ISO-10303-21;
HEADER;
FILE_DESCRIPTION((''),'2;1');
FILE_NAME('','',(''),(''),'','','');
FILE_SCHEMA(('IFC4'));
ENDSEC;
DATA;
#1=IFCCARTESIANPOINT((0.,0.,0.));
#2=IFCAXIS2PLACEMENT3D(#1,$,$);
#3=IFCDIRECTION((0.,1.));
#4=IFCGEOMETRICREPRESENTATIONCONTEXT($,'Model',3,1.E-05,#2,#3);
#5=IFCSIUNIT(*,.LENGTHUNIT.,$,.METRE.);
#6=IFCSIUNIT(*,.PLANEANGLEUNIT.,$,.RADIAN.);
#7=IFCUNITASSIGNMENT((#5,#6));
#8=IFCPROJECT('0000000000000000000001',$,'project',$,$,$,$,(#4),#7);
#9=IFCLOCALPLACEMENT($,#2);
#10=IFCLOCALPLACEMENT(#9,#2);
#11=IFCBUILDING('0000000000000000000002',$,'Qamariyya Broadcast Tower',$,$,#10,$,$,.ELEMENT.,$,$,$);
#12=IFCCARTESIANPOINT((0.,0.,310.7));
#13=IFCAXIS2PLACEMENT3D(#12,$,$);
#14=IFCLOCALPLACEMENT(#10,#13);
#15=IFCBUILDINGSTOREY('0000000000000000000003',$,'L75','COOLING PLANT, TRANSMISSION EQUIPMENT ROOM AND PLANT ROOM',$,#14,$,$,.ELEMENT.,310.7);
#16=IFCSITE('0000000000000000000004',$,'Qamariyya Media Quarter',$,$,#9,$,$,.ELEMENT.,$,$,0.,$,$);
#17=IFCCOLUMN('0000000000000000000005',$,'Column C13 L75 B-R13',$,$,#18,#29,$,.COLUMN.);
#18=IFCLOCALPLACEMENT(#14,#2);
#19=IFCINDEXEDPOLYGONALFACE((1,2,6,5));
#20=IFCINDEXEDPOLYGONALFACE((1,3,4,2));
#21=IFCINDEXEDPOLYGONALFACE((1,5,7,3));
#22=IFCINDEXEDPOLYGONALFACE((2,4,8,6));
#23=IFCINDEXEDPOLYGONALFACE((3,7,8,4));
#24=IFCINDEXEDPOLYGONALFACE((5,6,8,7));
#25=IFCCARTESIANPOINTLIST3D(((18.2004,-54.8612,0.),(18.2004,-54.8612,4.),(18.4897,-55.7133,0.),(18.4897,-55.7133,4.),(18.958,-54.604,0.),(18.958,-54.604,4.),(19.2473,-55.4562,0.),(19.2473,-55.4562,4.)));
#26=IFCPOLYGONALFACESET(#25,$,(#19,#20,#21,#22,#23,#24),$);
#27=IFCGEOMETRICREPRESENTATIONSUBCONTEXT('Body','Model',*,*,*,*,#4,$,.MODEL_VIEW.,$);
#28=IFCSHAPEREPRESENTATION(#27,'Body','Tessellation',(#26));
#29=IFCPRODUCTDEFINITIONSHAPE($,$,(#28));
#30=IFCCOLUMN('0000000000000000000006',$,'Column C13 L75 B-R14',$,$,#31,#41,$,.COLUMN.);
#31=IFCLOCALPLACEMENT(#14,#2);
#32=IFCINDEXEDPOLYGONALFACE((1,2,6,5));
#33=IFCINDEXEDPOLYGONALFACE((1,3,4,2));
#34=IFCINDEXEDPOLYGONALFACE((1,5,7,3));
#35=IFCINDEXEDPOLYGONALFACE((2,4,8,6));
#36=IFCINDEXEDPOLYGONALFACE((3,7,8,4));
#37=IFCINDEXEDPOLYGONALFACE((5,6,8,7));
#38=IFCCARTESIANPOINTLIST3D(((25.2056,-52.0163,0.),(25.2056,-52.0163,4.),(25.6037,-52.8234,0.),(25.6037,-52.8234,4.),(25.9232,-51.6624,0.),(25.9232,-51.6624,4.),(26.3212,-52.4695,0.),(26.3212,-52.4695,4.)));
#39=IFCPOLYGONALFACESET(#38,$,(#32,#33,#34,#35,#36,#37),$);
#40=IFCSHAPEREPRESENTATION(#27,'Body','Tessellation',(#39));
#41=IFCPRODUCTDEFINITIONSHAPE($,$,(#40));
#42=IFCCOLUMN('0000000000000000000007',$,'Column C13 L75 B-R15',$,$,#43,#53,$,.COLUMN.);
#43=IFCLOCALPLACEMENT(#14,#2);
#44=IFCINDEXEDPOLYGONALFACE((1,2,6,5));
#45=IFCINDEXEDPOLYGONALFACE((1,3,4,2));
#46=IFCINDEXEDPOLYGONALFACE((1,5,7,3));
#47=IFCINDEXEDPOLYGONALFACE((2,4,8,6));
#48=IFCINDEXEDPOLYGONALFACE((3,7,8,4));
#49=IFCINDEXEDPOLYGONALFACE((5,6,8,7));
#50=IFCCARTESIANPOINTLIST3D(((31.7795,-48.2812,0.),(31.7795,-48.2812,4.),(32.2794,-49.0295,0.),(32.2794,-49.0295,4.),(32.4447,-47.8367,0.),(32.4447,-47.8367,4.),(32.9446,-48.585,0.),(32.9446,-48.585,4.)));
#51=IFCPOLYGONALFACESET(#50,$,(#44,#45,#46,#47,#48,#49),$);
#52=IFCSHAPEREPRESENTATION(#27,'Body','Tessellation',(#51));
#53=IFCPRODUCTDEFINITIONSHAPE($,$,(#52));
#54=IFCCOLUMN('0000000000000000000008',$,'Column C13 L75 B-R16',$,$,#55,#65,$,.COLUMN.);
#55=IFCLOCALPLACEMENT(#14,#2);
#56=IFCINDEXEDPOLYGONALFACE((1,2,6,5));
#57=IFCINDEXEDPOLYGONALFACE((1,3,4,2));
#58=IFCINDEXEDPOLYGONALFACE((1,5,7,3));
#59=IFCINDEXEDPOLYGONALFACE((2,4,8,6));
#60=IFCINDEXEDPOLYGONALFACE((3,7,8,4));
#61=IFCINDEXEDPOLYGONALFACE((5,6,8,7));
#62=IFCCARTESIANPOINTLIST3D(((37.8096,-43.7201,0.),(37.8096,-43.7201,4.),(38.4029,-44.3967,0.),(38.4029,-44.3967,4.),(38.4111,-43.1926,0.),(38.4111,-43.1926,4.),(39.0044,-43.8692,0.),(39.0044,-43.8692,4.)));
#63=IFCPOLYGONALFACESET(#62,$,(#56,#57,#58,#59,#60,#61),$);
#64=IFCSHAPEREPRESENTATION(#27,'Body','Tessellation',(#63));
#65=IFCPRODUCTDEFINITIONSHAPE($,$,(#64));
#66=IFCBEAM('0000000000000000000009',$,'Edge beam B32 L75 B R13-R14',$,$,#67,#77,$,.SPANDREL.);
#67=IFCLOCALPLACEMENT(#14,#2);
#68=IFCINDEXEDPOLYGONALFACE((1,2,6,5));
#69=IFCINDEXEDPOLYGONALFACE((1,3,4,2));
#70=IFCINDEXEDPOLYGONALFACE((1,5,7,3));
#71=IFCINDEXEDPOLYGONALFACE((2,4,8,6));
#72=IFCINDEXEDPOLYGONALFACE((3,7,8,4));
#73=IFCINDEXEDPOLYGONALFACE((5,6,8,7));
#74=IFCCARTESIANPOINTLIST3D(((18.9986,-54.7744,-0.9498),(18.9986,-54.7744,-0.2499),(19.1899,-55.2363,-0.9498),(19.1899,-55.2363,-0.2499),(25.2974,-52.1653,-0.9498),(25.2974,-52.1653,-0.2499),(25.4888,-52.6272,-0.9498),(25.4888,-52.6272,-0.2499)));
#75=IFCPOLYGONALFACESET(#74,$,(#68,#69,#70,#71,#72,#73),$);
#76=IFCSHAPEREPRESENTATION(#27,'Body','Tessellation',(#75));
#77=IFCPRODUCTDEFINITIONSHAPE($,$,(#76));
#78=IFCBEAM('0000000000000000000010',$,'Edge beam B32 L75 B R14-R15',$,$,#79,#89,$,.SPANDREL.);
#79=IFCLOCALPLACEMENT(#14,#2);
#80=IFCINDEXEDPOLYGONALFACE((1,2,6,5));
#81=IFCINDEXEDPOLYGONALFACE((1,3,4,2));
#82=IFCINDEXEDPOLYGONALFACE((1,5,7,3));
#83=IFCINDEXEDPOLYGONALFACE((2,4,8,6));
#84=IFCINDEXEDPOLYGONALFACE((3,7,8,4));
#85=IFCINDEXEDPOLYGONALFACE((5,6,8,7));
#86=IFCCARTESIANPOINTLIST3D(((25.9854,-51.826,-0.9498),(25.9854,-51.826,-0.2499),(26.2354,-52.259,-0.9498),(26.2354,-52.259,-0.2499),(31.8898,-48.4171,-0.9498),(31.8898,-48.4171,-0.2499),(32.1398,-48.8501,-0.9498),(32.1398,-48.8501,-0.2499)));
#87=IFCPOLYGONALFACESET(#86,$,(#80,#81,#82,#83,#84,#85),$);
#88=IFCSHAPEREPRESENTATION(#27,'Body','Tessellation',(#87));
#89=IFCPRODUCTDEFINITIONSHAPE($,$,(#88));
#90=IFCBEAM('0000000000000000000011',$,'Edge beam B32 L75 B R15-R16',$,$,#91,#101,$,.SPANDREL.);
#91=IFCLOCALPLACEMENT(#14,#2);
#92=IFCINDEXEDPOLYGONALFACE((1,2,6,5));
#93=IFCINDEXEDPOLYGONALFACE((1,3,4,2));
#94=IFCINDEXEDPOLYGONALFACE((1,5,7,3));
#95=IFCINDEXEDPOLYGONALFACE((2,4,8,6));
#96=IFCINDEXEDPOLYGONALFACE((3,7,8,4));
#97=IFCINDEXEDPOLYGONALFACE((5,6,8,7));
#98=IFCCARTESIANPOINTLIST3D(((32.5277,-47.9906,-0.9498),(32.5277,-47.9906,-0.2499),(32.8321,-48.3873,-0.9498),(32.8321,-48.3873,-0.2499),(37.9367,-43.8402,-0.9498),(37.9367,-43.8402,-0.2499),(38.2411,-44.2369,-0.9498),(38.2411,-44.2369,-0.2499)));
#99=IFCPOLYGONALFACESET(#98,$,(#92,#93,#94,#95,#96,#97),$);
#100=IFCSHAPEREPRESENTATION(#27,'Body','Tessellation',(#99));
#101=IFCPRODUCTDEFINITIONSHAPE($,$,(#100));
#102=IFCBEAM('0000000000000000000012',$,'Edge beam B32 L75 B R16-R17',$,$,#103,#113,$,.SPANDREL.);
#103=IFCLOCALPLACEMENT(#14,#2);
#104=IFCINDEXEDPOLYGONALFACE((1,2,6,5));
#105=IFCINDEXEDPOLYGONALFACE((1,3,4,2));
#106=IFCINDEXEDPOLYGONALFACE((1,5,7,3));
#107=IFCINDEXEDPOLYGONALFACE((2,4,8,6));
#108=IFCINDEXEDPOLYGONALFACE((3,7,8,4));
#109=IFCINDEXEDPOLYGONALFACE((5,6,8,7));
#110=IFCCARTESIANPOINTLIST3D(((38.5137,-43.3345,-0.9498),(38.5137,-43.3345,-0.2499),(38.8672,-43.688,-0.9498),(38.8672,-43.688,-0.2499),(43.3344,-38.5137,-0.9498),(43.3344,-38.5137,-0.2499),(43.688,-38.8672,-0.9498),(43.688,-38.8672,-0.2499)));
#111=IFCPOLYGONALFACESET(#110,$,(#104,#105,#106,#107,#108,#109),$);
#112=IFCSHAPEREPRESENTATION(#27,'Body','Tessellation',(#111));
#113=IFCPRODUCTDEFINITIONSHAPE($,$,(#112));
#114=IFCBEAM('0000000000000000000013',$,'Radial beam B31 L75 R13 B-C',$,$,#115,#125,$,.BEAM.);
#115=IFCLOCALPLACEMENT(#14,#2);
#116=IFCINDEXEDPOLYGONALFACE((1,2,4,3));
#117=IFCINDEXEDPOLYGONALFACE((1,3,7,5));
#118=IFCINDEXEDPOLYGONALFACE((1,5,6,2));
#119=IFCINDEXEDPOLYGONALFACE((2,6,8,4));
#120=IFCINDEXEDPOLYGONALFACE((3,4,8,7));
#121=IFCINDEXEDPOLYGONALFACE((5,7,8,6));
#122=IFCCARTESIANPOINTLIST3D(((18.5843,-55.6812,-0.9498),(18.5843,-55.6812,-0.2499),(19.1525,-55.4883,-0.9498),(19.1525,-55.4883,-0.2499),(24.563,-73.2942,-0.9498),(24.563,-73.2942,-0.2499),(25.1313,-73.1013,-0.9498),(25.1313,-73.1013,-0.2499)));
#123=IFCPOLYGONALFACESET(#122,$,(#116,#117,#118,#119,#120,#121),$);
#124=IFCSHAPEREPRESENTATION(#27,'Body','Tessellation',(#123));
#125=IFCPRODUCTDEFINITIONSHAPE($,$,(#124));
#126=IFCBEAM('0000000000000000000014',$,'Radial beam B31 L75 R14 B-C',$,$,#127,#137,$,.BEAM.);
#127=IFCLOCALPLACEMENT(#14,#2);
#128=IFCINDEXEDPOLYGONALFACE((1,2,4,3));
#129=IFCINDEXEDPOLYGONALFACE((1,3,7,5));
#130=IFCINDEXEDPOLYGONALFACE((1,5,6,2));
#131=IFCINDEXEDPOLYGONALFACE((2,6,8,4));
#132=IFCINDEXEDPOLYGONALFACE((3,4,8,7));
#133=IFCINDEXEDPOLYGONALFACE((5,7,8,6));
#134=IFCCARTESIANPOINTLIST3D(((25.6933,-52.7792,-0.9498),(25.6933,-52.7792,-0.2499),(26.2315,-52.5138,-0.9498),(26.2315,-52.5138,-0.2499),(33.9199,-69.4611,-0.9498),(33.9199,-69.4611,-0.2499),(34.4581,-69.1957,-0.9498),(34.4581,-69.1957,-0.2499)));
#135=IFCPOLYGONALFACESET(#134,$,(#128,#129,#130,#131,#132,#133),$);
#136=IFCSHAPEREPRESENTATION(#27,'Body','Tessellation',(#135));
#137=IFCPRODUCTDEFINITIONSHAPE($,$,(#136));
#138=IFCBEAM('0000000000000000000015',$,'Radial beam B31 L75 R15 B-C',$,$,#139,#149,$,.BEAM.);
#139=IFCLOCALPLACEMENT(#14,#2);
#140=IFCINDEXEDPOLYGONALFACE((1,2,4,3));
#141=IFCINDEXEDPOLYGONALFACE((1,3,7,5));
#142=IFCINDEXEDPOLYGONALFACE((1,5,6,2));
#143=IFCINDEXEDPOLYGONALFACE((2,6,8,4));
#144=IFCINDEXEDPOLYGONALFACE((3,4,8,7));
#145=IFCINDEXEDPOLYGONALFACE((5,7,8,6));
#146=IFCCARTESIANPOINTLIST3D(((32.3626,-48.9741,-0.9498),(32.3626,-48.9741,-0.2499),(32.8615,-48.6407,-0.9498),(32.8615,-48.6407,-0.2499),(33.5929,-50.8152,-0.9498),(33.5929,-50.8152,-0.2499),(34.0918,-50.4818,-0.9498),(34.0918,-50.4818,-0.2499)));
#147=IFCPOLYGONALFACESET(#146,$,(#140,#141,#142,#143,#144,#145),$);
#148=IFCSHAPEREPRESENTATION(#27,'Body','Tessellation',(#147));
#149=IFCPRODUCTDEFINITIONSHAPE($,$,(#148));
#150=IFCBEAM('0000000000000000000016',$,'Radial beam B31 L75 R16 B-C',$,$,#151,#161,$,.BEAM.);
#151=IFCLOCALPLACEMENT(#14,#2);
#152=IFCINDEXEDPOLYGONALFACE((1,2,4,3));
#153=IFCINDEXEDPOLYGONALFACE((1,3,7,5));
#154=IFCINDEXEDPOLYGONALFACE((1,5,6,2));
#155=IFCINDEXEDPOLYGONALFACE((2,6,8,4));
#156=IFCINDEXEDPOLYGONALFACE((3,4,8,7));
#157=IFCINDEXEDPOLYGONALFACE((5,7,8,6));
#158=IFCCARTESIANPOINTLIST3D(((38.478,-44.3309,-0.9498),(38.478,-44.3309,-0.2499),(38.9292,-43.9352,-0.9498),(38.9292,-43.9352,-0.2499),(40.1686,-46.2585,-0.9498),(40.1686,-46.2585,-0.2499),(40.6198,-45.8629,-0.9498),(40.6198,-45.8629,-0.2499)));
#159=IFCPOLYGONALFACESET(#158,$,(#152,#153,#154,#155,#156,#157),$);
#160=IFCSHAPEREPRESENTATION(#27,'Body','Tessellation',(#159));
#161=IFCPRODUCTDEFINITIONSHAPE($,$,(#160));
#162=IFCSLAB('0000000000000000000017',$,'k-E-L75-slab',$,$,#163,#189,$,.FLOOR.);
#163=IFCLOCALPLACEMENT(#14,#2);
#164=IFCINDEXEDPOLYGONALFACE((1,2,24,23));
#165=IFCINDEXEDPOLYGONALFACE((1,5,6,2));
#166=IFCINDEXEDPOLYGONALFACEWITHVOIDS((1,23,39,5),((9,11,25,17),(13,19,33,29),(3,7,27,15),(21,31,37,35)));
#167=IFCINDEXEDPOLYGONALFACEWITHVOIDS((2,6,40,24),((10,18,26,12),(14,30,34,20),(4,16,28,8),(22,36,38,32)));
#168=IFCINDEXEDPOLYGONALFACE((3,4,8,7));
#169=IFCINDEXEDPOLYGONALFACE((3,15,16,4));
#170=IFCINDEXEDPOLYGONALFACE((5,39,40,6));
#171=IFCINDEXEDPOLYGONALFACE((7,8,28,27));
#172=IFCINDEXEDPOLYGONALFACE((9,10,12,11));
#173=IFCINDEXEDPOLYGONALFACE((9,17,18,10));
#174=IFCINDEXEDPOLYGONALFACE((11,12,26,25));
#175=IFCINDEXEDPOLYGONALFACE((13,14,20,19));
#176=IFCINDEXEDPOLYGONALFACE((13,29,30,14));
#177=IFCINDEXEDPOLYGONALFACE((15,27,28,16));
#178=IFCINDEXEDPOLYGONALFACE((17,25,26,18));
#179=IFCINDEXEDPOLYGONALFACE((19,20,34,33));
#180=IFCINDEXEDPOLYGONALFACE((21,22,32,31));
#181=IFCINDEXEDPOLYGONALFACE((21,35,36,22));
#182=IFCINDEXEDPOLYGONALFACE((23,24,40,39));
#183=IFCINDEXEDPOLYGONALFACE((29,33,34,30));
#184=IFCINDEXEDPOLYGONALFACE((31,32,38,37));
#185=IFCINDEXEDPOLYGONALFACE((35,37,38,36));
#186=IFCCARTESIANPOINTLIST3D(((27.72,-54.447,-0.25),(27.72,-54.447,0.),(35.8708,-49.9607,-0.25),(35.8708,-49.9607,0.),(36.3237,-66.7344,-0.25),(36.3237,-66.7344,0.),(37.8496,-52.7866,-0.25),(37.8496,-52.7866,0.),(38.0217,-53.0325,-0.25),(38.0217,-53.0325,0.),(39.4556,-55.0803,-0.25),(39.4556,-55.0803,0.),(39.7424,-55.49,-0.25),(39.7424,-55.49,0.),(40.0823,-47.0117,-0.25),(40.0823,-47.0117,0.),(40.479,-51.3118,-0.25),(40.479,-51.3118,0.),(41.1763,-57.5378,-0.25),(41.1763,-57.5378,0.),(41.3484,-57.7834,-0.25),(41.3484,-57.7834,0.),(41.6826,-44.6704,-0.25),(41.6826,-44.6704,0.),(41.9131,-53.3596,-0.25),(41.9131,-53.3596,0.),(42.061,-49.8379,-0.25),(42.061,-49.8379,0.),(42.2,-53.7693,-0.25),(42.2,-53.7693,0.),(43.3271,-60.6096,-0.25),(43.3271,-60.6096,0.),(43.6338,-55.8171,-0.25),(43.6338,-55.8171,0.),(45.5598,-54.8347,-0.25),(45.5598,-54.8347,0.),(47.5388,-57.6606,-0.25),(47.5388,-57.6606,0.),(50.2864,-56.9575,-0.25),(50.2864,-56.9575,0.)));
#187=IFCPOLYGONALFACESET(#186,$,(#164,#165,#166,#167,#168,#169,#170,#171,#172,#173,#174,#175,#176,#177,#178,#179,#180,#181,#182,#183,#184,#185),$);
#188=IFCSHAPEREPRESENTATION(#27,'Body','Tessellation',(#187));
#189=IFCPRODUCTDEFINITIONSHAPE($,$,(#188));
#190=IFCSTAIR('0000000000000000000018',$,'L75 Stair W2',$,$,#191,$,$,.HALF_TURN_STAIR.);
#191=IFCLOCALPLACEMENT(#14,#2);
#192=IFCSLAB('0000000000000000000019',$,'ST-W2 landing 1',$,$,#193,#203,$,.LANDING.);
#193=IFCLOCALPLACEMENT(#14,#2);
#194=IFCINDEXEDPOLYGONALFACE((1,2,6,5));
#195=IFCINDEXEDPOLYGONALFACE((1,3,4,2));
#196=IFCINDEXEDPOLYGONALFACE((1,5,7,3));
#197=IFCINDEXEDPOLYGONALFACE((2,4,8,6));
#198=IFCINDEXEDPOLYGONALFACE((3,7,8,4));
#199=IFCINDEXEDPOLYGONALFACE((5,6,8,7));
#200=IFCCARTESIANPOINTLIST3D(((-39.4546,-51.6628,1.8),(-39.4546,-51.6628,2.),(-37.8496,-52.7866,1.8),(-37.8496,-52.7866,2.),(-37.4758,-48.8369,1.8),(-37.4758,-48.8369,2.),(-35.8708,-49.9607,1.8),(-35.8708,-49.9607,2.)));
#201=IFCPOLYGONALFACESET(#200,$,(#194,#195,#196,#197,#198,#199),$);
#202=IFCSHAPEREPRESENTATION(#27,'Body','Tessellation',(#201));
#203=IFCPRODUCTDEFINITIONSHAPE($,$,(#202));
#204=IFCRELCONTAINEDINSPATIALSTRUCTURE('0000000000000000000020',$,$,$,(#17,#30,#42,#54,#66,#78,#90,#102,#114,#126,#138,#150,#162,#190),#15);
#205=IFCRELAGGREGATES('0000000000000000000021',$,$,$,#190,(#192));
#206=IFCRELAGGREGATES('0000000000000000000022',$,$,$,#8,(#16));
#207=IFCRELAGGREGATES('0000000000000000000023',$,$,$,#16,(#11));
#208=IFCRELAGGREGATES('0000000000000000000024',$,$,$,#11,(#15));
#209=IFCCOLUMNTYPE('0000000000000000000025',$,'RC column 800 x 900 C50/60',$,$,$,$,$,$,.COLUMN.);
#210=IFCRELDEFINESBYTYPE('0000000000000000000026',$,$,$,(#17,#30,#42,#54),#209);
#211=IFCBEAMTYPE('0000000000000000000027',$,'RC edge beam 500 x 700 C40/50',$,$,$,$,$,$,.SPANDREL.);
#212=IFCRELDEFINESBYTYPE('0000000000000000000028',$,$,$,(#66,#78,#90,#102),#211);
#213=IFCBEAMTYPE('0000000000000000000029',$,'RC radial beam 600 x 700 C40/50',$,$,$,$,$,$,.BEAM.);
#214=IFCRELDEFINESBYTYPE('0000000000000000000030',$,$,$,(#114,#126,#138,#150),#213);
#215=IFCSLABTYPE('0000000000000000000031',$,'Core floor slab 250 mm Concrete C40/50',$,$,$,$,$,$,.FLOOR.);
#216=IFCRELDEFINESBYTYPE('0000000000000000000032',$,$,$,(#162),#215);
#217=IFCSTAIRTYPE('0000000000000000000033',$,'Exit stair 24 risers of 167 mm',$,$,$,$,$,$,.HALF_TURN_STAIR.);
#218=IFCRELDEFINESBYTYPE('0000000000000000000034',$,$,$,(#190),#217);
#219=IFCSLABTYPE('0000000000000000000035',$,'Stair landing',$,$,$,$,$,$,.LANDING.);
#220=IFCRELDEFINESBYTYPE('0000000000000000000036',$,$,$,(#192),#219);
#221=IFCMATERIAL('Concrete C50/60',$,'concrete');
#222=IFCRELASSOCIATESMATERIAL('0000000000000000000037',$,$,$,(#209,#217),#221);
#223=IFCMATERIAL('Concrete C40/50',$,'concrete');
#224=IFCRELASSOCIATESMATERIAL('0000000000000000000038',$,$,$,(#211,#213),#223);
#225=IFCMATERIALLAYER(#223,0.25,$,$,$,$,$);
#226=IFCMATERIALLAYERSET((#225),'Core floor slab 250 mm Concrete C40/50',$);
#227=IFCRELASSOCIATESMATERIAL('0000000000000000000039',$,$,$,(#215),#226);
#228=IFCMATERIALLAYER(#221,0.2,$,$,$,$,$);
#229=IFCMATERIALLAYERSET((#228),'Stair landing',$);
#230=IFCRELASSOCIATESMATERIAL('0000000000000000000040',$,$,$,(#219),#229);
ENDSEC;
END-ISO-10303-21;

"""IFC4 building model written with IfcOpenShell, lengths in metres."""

from ifc_helpers import new_model, si_unit, direction, frame, origin, origin_2d, place, context, subcontext, project, spatial, polyline, rectangle, outline, extrude, material, layer, layer_set, material_profile, profile_set, type_object, element, aggregate, save


model = new_model("IFC4")

# Units and contexts
model_context = context("Model", 3, precision=1e-05, world=origin(), true_north=direction((0.0, 1.0)))
body_context = subcontext(model_context, "Body", "Model", "MODEL_VIEW")
ifc_project = project(units=[si_unit("LENGTHUNIT", "METRE"), si_unit("PLANEANGLEUNIT", "RADIAN")], contexts=[model_context])

# Site, building, storey
site_placement = place(None, origin())
site = spatial("IfcSite", under=ifc_project, at=site_placement, Name="Qamariyya Media Quarter", CompositionType="ELEMENT", RefElevation=0.0)
building_placement = place(site_placement, origin())
building = spatial("IfcBuilding", under=site, at=building_placement, Name="Qamariyya Broadcast Tower", CompositionType="ELEMENT")
storey_placement = place(building_placement, frame((0.0, 0.0, 310.7)))
storey = spatial("IfcBuildingStorey", under=building, at=storey_placement, Name="L75", Description="COOLING PLANT, TRANSMISSION EQUIPMENT ROOM AND PLANT ROOM", CompositionType="ELEMENT", Elevation=310.7)

# Columns
ifc_material_1 = material(Name="Concrete C50/60", Category="concrete")
ifc_material_profile_1 = material_profile(ifc_material_1, rectangle(XDim=0.8, YDim=0.8999, at=origin_2d()))
ifc_profile_set_1 = profile_set([ifc_material_profile_1], Name="Concrete C50/60")
column_type = type_object("IfcColumnType", Name="RC column 800 x 900 C50/60", PredefinedType="COLUMN", material=ifc_profile_set_1)
for number, where, z_axis, x_axis, name in (
    (1, (18.7239, -55.1587, 0.0), (0.0, 0.0, 1.0), (0.94693, 0.321439, 0.0), "Column C13 L75 B-R13"),
    (2, (25.7634, -52.2429, 0.0), (0.0, 0.0, 1.0), (0.896873, 0.442289, 0.0), "Column C13 L75 B-R14"),
    (3, (32.3621, -48.4331, 0.0), (0.0, 0.0, 1.0), (0.83147, 0.55557, 0.0), "Column C13 L75 B-R15"),
    (4, (38.407, -43.7947, 0.0), (0.0, 0.0, 1.0), (0.75184, 0.659346, 0.0), "Column C13 L75 B-R16"),
):
    element("IfcColumn", number, at=place(storey_placement, frame(where, z_axis=z_axis, x_axis=x_axis)), inside=storey, type_object=column_type, Name=name, PredefinedType="COLUMN", context=body_context, shape_type="SweptSolid", body=[
        extrude(rectangle(XDim=0.8, YDim=0.8999, at=origin_2d()), origin(), (0.0, 0.0, 1.0), 4.0),
    ])

# Beams
ifc_material_2 = material(Name="Concrete C40/50", Category="concrete")
ifc_material_profile_2 = material_profile(ifc_material_2, rectangle(XDim=0.5, YDim=0.7, at=origin_2d()))
ifc_profile_set_2 = profile_set([ifc_material_profile_2], Name="Concrete C40/50")
beam_type_1 = type_object("IfcBeamType", Name="RC edge beam 500 x 700 C40/50", PredefinedType="SPANDREL", material=ifc_profile_set_2)
for number, where, z_axis, x_axis, name in (
    (5, (19.0942, -55.0054, -0.5999), (0.923876, 0.382692, 0.0), (-0.382692, 0.923876, 0.0), "Edge beam B32 L75 B R13-R14"),
    (6, (26.1104, -52.0425, -0.5999), (0.866029, 0.499994, 0.0), (-0.499994, 0.866029, 0.0), "Edge beam B32 L75 B R14-R15"),
    (7, (32.6799, -48.189, -0.5999), (0.793356, 0.608759, 0.0), (-0.608759, 0.793356, 0.0), "Edge beam B32 L75 B R15-R16"),
):
    element("IfcBeam", number, at=place(storey_placement, frame(where, z_axis=z_axis, x_axis=x_axis)), inside=storey, type_object=beam_type_1, Name=name, PredefinedType="SPANDREL", context=body_context, shape_type="SweptSolid", body=[
        extrude(rectangle(XDim=0.5, YDim=0.7, at=origin_2d()), origin(), (0.0, 0.0, 1.0), 6.8179),
    ])
beam_1_placement = place(storey_placement, frame((38.6904, -43.5112, -0.5999), z_axis=(0.707107, 0.707107, 0.0), x_axis=(-0.707107, 0.707107, 0.0)))
element("IfcBeam", 8, at=beam_1_placement, inside=storey, type_object=beam_type_1, Name="Edge beam B32 L75 B R16-R17", PredefinedType="SPANDREL", context=body_context, shape_type="SweptSolid", body=[
    extrude(rectangle(XDim=0.5, YDim=0.7, at=origin_2d()), origin(), (0.0, 0.0, 1.0), 6.8176),
])
ifc_material_profile_3 = material_profile(ifc_material_2, rectangle(XDim=0.6001, YDim=0.7, at=origin_2d()))
ifc_profile_set_3 = profile_set([ifc_material_profile_3], Name="Concrete C40/50")
beam_type_2 = type_object("IfcBeamType", Name="RC radial beam 600 x 700 C40/50", PredefinedType="BEAM", material=ifc_profile_set_3)
for number, where, z_axis, x_axis, name in (
    (9, (18.8684, -55.5847, -0.5999), (0.321437, -0.946931, 0.0), (0.946931, 0.321437, 0.0), "Radial beam B31 L75 R13 B-C"),
    (10, (25.9624, -52.6465, -0.5999), (0.442287, -0.896873, 0.0), (0.896873, 0.442287, 0.0), "Radial beam B31 L75 R14 B-C"),
):
    element("IfcBeam", number, at=place(storey_placement, frame(where, z_axis=z_axis, x_axis=x_axis)), inside=storey, type_object=beam_type_2, Name=name, PredefinedType="BEAM", context=body_context, shape_type="SweptSolid", body=[
        extrude(rectangle(XDim=0.6001, YDim=0.7, at=origin_2d()), origin(), (0.0, 0.0, 1.0), 18.6001),
    ])
beam_2_placement = place(storey_placement, frame((32.6121, -48.8074, -0.5999), z_axis=(0.55559, -0.831456, 0.0), x_axis=(0.831456, 0.55559, 0.0)))
element("IfcBeam", 11, at=beam_2_placement, inside=storey, type_object=beam_type_2, Name="Radial beam B31 L75 R15 B-C", PredefinedType="BEAM", context=body_context, shape_type="SweptSolid", body=[
    extrude(rectangle(XDim=0.6001, YDim=0.7, at=origin_2d()), origin(), (0.0, 0.0, 1.0), 2.2144),
])
beam_3_placement = place(storey_placement, frame((38.7036, -44.1331, -0.5999), z_axis=(0.659367, -0.751821, 0.0), x_axis=(0.751821, 0.659367, 0.0)))
element("IfcBeam", 12, at=beam_3_placement, inside=storey, type_object=beam_type_2, Name="Radial beam B31 L75 R16 B-C", PredefinedType="BEAM", context=body_context, shape_type="SweptSolid", body=[
    extrude(rectangle(XDim=0.6001, YDim=0.7, at=origin_2d()), origin(), (0.0, 0.0, 1.0), 2.564),
])

# Slab
ifc_layer_1 = layer(ifc_material_2, 0.25)
ifc_layer_set_1 = layer_set([ifc_layer_1], Name="Core floor slab 250 mm Concrete C40/50")
slab_type_1 = type_object("IfcSlabType", Name="Core floor slab 250 mm Concrete C40/50", PredefinedType="FLOOR", material=ifc_layer_set_1)
slab_1_placement = place(storey_placement, frame((0.0, 0.0, -0.25)))
element("IfcSlab", 13, at=slab_1_placement, inside=storey, type_object=slab_type_1, Name="k-E-L75-slab", PredefinedType="FLOOR", context=body_context, shape_type="SweptSolid", body=[
    extrude(outline(polyline([(36.3237, -66.7344), (50.2864, -56.9575), (41.6826, -44.6704), (27.72, -54.447), (36.3237, -66.7344)]), holes=[polyline([(39.7424, -55.49), (42.2, -53.7693), (43.6338, -55.8171), (41.1763, -57.5378), (39.7424, -55.49)]), polyline([(39.4556, -55.0803), (41.9131, -53.3596), (40.479, -51.3118), (38.0217, -53.0325), (39.4556, -55.0803)]), polyline([(40.0823, -47.0117), (35.8708, -49.9607), (37.8496, -52.7866), (42.061, -49.8379), (40.0823, -47.0117)]), polyline([(45.5598, -54.8347), (41.3484, -57.7834), (43.3271, -60.6096), (47.5388, -57.6606), (45.5598, -54.8347)])]), origin(), (0.0, 0.0, 1.0), 0.25),
])

# Stair, slab
stair_type = type_object("IfcStairType", Name="Exit stair 24 risers of 167 mm", PredefinedType="HALF_TURN_STAIR", material=ifc_material_1)
stair_1_placement = place(storey_placement, origin())
stair_1 = element("IfcStair", 14, at=stair_1_placement, inside=storey, type_object=stair_type, Name="L75 Stair W2", PredefinedType="HALF_TURN_STAIR")
ifc_layer_2 = layer(ifc_material_1, 0.2)
ifc_layer_set_2 = layer_set([ifc_layer_2], Name="Stair landing")
slab_type_2 = type_object("IfcSlabType", Name="Stair landing", PredefinedType="LANDING", material=ifc_layer_set_2)
slab_2_placement = place(storey_placement, frame((0.0, 0.0, 1.8)))
slab_2 = element("IfcSlab", 15, at=slab_2_placement, type_object=slab_type_2, Name="ST-W2 landing 1", PredefinedType="LANDING", context=body_context, shape_type="SweptSolid", body=[
    extrude(outline(polyline([(-39.4546, -51.6628), (-37.8496, -52.7866), (-35.8708, -49.9607), (-37.4758, -48.8369), (-39.4546, -51.6628)])), origin(), (0.0, 0.0, 1.0), 0.2),
])
aggregate(stair_1, [slab_2])

save(model, "model.ifc")
